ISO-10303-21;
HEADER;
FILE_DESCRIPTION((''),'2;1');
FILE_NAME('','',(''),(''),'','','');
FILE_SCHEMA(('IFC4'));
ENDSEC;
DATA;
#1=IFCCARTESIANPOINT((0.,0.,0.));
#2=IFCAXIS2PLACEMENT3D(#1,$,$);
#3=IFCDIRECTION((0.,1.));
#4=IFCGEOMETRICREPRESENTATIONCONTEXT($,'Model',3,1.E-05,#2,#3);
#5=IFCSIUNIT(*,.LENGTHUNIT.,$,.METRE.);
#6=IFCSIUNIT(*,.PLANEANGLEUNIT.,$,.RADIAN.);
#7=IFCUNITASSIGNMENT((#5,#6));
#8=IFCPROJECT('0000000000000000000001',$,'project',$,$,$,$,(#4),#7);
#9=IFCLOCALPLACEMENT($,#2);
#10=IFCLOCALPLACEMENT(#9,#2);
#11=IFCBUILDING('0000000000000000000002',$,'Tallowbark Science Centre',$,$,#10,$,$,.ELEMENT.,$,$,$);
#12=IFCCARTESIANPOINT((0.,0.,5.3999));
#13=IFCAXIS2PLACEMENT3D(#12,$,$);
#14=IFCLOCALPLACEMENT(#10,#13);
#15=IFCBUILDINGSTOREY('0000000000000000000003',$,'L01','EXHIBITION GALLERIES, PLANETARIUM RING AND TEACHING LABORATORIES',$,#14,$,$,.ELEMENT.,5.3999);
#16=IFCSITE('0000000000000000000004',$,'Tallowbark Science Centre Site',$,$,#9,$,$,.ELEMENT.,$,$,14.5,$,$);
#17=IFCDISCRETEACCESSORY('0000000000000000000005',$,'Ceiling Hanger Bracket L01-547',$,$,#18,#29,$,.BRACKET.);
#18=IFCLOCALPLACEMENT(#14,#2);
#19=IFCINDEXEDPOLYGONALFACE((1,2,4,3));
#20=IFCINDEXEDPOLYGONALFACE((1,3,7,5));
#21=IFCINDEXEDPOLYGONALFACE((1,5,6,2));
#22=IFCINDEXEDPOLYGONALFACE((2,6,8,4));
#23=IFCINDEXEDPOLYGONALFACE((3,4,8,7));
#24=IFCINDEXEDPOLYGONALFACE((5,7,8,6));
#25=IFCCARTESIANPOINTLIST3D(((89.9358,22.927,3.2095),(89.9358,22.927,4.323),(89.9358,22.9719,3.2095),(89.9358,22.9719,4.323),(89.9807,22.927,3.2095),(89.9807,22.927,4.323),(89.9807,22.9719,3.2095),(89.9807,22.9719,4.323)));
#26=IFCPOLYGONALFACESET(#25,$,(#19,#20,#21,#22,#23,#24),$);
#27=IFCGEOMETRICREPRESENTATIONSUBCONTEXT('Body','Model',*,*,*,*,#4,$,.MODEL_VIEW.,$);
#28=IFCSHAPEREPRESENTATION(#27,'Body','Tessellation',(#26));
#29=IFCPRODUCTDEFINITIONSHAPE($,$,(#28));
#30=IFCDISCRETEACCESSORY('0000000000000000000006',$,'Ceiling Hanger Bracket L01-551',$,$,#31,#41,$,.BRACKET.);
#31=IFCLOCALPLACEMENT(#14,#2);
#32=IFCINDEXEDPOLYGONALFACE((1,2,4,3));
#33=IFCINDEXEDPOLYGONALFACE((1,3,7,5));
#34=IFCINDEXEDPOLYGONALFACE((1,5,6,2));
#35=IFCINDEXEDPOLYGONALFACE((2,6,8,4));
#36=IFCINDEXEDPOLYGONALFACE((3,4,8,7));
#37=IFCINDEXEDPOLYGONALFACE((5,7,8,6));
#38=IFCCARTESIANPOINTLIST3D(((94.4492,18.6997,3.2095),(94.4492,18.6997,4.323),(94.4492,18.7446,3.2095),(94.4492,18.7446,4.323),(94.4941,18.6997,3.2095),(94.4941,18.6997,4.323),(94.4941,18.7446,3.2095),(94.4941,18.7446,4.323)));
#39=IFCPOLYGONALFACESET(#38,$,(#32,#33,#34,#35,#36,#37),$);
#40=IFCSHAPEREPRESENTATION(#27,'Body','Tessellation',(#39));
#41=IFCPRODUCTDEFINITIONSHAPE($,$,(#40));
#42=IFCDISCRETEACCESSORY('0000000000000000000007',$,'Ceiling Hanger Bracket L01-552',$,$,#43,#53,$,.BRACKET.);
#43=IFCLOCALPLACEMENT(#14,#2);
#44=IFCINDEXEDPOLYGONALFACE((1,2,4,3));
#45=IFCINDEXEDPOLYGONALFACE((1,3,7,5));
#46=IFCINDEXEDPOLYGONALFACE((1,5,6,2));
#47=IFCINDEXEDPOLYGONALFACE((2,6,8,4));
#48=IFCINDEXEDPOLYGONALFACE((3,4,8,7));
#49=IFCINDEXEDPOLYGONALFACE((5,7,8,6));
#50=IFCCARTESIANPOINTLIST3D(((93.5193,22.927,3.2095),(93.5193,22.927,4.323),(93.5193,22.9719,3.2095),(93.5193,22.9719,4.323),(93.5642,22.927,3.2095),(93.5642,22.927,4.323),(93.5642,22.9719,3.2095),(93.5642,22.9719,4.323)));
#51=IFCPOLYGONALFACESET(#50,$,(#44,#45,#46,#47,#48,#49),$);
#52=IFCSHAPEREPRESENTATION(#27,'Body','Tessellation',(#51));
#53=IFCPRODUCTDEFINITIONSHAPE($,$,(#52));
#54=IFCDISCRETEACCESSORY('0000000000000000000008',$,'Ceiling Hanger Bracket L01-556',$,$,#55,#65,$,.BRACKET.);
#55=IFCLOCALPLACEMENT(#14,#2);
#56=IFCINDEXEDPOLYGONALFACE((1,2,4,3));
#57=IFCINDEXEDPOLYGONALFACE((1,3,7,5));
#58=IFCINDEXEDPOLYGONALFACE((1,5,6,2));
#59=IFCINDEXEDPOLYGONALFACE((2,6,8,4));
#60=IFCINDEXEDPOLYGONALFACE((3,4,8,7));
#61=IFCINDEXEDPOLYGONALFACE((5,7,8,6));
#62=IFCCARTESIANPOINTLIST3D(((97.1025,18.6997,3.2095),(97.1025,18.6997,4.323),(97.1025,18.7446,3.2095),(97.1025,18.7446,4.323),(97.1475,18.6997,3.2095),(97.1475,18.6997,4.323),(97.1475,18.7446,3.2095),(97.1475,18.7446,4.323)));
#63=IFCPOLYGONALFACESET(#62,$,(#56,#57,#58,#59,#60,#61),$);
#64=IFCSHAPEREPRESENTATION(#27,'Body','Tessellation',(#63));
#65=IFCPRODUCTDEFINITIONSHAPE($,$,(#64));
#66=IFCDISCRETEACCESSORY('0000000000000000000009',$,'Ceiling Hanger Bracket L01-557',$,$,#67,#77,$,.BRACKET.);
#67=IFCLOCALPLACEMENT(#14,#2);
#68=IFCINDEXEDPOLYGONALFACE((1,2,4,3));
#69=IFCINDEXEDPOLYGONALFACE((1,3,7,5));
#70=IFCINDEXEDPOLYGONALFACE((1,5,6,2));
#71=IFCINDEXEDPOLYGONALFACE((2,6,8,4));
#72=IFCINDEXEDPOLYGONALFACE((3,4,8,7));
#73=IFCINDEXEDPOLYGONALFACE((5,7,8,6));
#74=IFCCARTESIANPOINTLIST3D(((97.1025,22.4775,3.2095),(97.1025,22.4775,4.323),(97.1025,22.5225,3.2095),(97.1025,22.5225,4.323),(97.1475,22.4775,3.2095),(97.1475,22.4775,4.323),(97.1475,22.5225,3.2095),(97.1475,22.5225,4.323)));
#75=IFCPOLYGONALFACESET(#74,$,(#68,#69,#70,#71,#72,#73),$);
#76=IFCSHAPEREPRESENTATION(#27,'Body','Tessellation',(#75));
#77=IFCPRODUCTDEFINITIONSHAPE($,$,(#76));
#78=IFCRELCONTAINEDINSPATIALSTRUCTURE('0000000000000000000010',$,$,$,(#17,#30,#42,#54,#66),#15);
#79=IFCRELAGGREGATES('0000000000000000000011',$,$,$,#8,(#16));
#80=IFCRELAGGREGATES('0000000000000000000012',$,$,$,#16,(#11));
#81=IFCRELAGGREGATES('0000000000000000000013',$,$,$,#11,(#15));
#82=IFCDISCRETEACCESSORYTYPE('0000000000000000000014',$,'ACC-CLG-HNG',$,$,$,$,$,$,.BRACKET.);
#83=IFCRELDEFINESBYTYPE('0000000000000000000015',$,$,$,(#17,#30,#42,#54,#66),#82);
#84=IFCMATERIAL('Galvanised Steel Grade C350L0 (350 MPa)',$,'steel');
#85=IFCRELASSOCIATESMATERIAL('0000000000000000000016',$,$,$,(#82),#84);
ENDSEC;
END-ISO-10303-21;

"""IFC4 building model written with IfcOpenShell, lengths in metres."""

from ifc_helpers import new_model, si_unit, direction, frame, origin, origin_2d, place, context, subcontext, project, spatial, rectangle, extrude, material, type_object, element, save


model = new_model("IFC4")

# Units and contexts
model_context = context("Model", 3, precision=1e-05, world=origin(), true_north=direction((0.0, 1.0)))
body_context = subcontext(model_context, "Body", "Model", "MODEL_VIEW")
ifc_project = project(units=[si_unit("LENGTHUNIT", "METRE"), si_unit("PLANEANGLEUNIT", "RADIAN")], contexts=[model_context])

# Site, building, storey
site_placement = place(None, origin())
site = spatial("IfcSite", under=ifc_project, at=site_placement, Name="Tallowbark Science Centre Site", CompositionType="ELEMENT", RefElevation=14.5)
building_placement = place(site_placement, origin())
building = spatial("IfcBuilding", under=site, at=building_placement, Name="Tallowbark Science Centre", CompositionType="ELEMENT")
storey_placement = place(building_placement, frame((0.0, 0.0, 5.3999)))
storey = spatial("IfcBuildingStorey", under=building, at=storey_placement, Name="L01", Description="EXHIBITION GALLERIES, PLANETARIUM RING AND TEACHING LABORATORIES", CompositionType="ELEMENT", Elevation=5.3999)

# Discrete accessories
ifc_material_1 = material(Name="Galvanised Steel Grade C350L0 (350 MPa)", Category="steel")
discrete_accessory_type = type_object("IfcDiscreteAccessoryType", Name="ACC-CLG-HNG", PredefinedType="BRACKET", material=ifc_material_1)
for number, where, z_axis, x_axis, name in (
    (1, (89.9583, 22.9495, 3.2095), (0.0, 0.0, 1.0), (1.0, 0.0, 0.0), "Ceiling Hanger Bracket L01-547"),
    (2, (94.4717, 18.7222, 3.2095), (0.0, 0.0, 1.0), (1.0, 0.0, 0.0), "Ceiling Hanger Bracket L01-551"),
    (3, (93.5417, 22.9495, 3.2095), (0.0, 0.0, 1.0), (1.0, 0.0, 0.0), "Ceiling Hanger Bracket L01-552"),
    (4, (97.125, 18.7222, 3.2095), (0.0, 0.0, 1.0), (1.0, 0.0, 0.0), "Ceiling Hanger Bracket L01-556"),
    (5, (97.125, 22.5, 3.2095), (0.0, 0.0, 1.0), (1.0, 0.0, 0.0), "Ceiling Hanger Bracket L01-557"),
):
    element("IfcDiscreteAccessory", number, at=place(storey_placement, frame(where, z_axis=z_axis, x_axis=x_axis)), inside=storey, type_object=discrete_accessory_type, Name=name, PredefinedType="BRACKET", context=body_context, shape_type="SweptSolid", body=[
        extrude(rectangle(XDim=0.0449, YDim=0.0449, at=origin_2d()), origin(), (0.0, 0.0, 1.0), 1.1135),
    ])

save(model, "model.ifc")
